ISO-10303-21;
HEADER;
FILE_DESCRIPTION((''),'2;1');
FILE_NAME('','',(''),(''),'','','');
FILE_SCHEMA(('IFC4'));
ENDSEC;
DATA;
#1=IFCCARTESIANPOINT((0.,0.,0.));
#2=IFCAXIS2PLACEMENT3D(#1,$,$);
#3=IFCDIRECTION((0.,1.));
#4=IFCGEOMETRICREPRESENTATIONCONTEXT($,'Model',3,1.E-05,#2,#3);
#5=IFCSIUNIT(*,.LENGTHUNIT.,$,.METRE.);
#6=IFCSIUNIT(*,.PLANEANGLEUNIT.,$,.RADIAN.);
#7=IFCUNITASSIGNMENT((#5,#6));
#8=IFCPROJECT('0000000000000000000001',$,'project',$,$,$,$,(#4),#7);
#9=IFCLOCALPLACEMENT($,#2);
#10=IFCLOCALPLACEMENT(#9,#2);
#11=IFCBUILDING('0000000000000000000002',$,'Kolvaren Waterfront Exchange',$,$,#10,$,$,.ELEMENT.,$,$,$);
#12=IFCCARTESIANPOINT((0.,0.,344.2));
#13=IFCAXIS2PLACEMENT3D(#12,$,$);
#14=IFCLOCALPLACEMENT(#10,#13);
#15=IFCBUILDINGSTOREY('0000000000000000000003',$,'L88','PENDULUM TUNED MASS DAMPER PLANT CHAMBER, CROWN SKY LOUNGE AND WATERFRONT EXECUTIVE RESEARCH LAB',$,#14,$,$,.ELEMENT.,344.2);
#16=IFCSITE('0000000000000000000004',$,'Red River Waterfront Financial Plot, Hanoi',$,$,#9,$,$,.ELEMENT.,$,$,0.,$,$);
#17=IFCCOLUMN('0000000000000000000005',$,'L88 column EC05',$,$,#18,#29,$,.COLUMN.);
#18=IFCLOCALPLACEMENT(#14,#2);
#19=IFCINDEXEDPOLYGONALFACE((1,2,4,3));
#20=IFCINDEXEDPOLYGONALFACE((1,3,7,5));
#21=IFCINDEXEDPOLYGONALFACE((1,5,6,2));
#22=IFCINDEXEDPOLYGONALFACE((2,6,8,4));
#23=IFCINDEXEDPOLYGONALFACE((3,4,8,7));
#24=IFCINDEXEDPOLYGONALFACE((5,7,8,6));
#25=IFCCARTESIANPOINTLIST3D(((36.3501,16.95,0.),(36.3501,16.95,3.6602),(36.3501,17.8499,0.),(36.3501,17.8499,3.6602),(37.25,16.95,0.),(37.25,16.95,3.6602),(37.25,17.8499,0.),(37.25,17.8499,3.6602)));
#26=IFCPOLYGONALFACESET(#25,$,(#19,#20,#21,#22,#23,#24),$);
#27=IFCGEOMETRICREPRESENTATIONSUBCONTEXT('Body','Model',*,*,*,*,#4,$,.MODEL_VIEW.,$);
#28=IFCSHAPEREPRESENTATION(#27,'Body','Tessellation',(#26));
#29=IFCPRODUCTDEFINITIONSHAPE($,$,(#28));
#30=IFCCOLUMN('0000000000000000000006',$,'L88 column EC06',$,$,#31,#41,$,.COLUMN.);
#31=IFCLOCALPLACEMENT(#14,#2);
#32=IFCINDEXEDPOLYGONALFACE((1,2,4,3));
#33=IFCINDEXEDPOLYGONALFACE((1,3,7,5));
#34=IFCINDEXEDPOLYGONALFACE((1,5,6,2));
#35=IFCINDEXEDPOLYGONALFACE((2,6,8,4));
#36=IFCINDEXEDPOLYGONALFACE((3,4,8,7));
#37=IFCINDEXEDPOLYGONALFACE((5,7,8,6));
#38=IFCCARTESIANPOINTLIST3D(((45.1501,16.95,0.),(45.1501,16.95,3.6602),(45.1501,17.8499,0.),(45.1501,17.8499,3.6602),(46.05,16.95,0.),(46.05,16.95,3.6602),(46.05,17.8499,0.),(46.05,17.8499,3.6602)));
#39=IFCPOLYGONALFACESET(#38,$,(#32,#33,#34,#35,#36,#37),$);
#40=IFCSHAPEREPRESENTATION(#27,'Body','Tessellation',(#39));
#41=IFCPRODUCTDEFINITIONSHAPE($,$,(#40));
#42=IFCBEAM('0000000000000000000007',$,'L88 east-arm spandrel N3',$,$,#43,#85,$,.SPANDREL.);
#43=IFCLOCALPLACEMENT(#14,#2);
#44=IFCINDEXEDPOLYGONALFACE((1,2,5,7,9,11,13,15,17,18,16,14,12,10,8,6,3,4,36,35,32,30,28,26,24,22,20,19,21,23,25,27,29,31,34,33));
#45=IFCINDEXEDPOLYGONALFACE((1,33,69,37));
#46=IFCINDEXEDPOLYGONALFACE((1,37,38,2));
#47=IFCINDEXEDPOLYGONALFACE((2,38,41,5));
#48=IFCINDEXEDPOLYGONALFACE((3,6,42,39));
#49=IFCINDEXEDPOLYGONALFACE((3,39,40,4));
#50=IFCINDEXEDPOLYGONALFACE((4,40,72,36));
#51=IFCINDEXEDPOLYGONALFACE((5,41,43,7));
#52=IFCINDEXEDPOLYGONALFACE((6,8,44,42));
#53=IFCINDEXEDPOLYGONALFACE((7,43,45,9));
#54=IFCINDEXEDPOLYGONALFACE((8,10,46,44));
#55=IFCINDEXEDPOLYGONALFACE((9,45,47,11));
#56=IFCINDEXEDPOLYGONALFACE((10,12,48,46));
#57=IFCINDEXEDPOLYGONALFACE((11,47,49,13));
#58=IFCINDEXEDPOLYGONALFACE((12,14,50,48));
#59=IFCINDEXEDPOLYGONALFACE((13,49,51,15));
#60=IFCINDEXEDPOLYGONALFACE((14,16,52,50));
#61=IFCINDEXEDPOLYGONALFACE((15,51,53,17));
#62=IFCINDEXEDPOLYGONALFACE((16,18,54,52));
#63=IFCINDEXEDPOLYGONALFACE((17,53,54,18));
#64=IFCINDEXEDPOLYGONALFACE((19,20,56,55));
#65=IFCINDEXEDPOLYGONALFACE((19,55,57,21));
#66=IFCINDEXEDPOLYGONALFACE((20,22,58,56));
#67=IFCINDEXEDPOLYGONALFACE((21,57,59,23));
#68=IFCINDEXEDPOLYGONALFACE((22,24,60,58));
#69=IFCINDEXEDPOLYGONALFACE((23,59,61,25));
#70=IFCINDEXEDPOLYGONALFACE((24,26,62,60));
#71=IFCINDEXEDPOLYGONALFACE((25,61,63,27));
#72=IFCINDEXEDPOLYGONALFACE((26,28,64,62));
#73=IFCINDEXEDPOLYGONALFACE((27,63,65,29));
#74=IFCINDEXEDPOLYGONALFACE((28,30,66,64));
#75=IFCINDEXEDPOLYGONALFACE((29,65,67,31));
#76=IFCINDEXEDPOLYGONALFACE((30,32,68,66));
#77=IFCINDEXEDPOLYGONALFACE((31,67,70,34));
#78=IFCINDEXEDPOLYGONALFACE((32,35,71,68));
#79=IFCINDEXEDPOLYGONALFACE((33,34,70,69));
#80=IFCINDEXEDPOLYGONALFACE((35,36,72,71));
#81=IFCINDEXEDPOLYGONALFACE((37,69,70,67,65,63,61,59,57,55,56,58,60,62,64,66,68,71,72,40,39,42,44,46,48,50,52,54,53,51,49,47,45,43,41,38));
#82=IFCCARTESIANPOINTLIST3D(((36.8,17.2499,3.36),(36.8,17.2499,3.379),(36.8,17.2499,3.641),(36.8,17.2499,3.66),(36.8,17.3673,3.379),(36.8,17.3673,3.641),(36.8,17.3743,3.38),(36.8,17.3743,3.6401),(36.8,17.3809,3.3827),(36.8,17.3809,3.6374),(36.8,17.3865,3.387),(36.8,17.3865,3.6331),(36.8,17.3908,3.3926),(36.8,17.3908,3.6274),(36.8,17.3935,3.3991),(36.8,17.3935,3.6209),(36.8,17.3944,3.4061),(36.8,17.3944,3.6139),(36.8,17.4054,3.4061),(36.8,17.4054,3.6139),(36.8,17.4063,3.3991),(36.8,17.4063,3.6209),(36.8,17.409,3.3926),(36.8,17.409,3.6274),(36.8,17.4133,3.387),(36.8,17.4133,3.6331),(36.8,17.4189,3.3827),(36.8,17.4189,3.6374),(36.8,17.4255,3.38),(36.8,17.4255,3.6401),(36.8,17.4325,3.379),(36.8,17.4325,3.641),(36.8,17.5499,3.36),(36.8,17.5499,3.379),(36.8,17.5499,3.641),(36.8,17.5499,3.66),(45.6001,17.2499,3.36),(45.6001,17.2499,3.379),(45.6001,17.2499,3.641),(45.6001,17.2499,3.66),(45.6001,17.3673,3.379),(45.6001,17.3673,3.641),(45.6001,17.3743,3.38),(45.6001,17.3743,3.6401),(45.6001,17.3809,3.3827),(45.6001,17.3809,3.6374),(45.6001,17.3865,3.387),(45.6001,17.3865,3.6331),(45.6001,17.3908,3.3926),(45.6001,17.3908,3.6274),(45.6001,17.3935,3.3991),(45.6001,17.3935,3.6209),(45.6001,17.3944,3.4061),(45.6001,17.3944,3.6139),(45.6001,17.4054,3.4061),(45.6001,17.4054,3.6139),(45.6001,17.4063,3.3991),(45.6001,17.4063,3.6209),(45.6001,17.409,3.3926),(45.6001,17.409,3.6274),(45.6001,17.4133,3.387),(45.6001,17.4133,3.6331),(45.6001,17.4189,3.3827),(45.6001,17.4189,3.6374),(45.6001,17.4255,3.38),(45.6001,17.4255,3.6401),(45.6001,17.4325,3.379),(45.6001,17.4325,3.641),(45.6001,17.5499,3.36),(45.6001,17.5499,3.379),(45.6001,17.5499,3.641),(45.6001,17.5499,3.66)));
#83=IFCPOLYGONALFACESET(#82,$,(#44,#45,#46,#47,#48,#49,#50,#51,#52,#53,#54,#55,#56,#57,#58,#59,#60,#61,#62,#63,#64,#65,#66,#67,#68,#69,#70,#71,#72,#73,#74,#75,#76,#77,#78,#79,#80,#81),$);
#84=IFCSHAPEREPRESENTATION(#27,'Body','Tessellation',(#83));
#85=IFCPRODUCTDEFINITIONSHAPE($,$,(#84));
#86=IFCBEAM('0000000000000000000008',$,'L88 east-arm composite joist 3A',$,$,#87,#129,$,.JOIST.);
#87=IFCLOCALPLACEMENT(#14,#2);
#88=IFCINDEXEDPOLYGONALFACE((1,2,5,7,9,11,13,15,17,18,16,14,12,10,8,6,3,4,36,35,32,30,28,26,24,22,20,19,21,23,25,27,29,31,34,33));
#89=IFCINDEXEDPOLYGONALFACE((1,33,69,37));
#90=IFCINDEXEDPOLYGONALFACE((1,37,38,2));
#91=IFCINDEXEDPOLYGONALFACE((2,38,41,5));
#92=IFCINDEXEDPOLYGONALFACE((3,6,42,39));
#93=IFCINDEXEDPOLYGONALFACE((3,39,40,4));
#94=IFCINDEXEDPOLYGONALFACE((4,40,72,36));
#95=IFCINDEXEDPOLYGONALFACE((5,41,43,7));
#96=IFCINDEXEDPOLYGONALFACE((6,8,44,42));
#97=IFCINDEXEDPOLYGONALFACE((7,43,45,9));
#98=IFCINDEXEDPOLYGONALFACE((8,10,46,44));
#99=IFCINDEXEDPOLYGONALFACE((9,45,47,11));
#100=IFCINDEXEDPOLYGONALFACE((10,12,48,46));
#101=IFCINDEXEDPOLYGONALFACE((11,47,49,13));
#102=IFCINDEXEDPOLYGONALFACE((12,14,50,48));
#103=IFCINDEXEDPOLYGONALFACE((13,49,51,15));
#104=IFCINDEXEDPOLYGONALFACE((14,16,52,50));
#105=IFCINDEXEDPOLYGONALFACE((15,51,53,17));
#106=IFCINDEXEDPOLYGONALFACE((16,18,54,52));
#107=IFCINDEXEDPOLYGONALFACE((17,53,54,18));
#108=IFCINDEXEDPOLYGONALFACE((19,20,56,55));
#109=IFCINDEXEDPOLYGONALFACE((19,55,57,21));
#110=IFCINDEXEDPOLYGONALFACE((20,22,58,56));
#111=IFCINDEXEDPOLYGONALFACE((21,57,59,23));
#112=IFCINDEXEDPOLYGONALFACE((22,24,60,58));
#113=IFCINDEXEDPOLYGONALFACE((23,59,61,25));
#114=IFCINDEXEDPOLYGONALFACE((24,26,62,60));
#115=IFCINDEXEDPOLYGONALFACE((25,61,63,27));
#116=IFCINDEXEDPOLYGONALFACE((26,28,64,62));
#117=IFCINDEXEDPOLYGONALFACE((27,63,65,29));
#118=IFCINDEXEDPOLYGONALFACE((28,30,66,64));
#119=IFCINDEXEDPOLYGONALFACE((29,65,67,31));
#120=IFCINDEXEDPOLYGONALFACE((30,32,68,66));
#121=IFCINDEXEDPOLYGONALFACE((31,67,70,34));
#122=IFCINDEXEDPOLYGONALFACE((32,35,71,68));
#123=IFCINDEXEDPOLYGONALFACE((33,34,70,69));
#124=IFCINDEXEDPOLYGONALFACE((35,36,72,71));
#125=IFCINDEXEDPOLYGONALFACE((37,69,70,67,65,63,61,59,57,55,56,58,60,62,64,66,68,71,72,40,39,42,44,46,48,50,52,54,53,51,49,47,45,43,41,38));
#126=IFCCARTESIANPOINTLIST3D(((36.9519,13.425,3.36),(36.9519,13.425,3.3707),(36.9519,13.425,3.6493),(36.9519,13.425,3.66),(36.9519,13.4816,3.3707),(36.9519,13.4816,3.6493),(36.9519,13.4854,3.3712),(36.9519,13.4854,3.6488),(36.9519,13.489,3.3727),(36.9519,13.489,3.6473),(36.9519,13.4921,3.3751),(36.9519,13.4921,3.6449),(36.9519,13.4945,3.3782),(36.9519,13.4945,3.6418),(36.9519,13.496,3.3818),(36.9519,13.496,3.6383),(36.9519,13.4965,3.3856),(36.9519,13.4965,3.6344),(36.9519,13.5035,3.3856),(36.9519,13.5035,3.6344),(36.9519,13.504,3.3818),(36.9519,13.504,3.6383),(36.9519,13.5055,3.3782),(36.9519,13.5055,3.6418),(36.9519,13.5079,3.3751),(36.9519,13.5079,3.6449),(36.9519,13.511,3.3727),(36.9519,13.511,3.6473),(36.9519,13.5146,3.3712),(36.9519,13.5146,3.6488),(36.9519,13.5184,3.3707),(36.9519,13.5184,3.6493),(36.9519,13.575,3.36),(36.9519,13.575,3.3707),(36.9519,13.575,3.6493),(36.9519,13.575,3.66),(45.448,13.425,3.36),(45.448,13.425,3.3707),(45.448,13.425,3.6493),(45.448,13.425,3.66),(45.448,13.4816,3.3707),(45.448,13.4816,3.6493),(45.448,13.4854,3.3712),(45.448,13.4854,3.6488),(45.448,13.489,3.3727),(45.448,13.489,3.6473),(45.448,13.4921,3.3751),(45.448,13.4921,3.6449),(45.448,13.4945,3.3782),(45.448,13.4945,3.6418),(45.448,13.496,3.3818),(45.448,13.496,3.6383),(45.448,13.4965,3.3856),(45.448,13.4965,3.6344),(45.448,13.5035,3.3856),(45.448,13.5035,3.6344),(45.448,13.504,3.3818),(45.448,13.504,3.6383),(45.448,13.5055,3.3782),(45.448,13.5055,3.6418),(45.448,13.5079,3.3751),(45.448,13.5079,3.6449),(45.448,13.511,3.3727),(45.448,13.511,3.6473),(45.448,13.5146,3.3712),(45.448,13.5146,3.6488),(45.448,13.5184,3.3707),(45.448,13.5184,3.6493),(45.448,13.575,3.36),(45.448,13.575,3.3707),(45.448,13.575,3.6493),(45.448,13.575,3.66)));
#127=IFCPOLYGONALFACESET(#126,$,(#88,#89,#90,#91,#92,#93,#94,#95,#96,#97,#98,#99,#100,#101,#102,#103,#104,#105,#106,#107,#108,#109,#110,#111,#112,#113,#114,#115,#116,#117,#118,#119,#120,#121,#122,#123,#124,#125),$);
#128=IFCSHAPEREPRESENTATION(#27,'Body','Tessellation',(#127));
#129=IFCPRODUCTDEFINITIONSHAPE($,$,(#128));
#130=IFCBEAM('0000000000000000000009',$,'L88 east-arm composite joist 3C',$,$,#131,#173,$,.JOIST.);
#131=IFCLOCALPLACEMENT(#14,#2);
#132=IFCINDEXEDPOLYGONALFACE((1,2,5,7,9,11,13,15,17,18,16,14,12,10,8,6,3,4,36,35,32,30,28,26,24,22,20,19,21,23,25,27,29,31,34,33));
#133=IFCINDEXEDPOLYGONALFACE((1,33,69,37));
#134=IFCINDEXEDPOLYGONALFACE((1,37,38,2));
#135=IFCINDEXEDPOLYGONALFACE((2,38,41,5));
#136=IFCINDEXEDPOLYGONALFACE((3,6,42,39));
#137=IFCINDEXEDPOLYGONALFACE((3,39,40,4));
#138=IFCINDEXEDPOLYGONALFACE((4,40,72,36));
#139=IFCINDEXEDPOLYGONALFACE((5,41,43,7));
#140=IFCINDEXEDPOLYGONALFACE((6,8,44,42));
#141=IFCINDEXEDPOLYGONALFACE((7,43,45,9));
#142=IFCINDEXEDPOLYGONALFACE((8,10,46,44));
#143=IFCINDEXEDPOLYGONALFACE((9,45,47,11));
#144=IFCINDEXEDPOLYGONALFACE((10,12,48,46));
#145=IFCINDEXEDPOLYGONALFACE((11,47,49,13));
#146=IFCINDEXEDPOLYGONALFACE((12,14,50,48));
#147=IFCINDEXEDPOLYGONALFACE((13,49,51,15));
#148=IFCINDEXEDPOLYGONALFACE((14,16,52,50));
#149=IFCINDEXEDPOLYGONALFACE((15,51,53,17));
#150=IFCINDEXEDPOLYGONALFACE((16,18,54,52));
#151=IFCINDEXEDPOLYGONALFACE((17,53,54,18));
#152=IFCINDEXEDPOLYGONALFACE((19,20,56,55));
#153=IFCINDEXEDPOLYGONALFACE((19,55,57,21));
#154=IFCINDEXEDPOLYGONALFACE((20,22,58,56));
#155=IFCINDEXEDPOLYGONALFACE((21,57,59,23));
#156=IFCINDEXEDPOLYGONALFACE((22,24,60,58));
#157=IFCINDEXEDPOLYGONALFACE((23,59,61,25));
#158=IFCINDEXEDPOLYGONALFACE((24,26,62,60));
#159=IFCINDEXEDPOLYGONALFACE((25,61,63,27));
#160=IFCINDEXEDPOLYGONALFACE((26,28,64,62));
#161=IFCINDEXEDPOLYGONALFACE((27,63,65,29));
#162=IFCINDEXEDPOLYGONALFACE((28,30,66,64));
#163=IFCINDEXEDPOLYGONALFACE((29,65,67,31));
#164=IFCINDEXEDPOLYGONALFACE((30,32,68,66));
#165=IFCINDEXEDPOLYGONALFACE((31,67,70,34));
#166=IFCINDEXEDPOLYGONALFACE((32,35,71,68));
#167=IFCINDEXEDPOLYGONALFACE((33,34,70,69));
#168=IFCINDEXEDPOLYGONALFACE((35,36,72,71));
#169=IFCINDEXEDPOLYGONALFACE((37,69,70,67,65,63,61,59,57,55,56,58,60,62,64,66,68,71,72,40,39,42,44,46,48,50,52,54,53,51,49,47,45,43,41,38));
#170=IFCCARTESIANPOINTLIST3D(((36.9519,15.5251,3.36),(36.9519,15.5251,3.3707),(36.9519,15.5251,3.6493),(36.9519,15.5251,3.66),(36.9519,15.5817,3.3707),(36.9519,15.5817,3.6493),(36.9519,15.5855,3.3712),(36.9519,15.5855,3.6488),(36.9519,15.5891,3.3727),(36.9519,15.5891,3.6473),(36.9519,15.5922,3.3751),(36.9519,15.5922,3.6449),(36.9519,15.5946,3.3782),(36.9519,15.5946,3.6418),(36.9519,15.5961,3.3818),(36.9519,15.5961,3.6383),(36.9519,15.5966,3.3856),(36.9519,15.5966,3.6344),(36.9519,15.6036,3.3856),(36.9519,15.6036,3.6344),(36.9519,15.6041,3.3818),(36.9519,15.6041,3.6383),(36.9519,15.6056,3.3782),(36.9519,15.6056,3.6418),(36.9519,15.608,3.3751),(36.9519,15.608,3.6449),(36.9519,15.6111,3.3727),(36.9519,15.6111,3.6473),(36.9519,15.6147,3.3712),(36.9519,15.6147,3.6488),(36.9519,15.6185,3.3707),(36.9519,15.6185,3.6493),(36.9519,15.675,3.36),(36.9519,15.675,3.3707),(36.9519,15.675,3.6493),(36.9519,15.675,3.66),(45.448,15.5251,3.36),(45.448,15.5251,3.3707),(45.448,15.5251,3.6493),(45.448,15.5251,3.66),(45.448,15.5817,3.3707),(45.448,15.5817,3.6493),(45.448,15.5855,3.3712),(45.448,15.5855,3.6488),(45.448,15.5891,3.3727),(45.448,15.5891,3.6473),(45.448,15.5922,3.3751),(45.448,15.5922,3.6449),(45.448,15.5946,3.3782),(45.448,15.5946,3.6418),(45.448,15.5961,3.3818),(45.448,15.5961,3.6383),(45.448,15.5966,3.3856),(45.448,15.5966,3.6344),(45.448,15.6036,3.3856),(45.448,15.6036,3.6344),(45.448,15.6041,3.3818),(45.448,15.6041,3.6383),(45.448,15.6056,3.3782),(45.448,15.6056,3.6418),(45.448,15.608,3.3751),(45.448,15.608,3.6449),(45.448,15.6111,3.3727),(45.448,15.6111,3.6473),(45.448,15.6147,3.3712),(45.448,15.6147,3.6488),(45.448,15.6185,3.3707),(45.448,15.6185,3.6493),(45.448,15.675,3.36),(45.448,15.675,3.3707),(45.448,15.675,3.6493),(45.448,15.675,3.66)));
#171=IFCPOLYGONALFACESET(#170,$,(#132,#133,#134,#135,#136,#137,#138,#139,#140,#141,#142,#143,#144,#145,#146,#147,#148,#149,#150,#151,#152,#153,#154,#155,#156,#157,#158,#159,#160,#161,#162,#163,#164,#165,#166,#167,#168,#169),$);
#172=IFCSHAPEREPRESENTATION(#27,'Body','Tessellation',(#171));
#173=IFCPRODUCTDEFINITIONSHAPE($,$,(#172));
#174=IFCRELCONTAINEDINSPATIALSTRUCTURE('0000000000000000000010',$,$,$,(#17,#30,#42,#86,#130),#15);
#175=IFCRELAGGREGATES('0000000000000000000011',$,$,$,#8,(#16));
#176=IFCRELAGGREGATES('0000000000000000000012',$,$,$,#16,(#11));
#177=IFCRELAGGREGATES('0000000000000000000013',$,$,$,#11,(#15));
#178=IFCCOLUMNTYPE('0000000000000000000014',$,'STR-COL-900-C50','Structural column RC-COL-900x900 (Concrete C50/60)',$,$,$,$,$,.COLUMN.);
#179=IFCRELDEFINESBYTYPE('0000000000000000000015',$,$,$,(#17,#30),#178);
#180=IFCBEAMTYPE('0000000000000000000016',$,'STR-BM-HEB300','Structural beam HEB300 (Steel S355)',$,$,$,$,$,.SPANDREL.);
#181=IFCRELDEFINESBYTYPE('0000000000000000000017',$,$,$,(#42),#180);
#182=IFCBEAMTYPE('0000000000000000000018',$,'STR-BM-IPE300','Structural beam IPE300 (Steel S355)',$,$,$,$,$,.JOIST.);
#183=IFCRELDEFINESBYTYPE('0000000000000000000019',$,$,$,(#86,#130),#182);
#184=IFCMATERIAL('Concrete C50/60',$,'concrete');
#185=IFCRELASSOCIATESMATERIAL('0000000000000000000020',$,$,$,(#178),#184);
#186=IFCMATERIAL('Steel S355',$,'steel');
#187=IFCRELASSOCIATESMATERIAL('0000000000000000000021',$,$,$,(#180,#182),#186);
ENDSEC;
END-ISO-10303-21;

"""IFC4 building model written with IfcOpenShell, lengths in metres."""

from ifc_helpers import new_model, si_unit, direction, frame, origin, origin_2d, place, context, subcontext, project, spatial, rectangle, i_section, extrude, material, material_profile, profile_set, type_object, element, save


model = new_model("IFC4")

# Units and contexts
model_context = context("Model", 3, precision=1e-05, world=origin(), true_north=direction((0.0, 1.0)))
body_context = subcontext(model_context, "Body", "Model", "MODEL_VIEW")
ifc_project = project(units=[si_unit("LENGTHUNIT", "METRE"), si_unit("PLANEANGLEUNIT", "RADIAN")], contexts=[model_context])

# Site, building, storey
site_placement = place(None, origin())
site = spatial("IfcSite", under=ifc_project, at=site_placement, Name="Red River Waterfront Financial Plot, Hanoi", CompositionType="ELEMENT", RefElevation=0.0)
building_placement = place(site_placement, origin())
building = spatial("IfcBuilding", under=site, at=building_placement, Name="Kolvaren Waterfront Exchange", CompositionType="ELEMENT")
storey_placement = place(building_placement, frame((0.0, 0.0, 344.2)))
storey = spatial("IfcBuildingStorey", under=building, at=storey_placement, Name="L88", Description="PENDULUM TUNED MASS DAMPER PLANT CHAMBER, CROWN SKY LOUNGE AND WATERFRONT EXECUTIVE RESEARCH LAB", CompositionType="ELEMENT", Elevation=344.2)

# Columns
ifc_material_1 = material(Name="Concrete C50/60", Category="concrete")
ifc_material_profile_1 = material_profile(ifc_material_1, rectangle(XDim=0.8999, YDim=0.8999, at=origin_2d()), Name="RC-COL-900x900")
ifc_profile_set_1 = profile_set([ifc_material_profile_1], Name="Concrete C50/60")
column_type = type_object("IfcColumnType", Name="STR-COL-900-C50", Description="Structural column RC-COL-900x900 (Concrete C50/60)", PredefinedType="COLUMN", material=ifc_profile_set_1)
for number, where, z_axis, x_axis, name in (
    (1, (36.8, 17.3999, 0.0), (0.0, 0.0, 1.0), (1.0, 0.0, 0.0), "L88 column EC05"),
    (2, (45.6001, 17.3999, 0.0), (0.0, 0.0, 1.0), (1.0, 0.0, 0.0), "L88 column EC06"),
):
    element("IfcColumn", number, at=place(storey_placement, frame(where, z_axis=z_axis, x_axis=x_axis)), inside=storey, type_object=column_type, Name=name, PredefinedType="COLUMN", context=body_context, shape_type="SweptSolid", body=[
        extrude(rectangle(XDim=0.8999, YDim=0.8999, at=origin_2d()), origin(), (0.0, 0.0, 1.0), 3.6602),
    ])

# Beams
ifc_material_2 = material(Name="Steel S355", Category="steel")
ifc_material_profile_2 = material_profile(ifc_material_2, i_section(OverallWidth=0.3, OverallDepth=0.3, WebThickness=0.011, FlangeThickness=0.019, FilletRadius=0.0271, at=origin_2d()), Name="HEB300")
ifc_profile_set_2 = profile_set([ifc_material_profile_2], Name="Steel S355")
beam_type_1 = type_object("IfcBeamType", Name="STR-BM-HEB300", Description="Structural beam HEB300 (Steel S355)", PredefinedType="SPANDREL", material=ifc_profile_set_2)
beam_placement = place(storey_placement, frame((36.8, 17.3999, 3.51), z_axis=(1.0, 0.0, 0.0), x_axis=(0.0, 1.0, 0.0)))
element("IfcBeam", 3, at=beam_placement, inside=storey, type_object=beam_type_1, Name="L88 east-arm spandrel N3", PredefinedType="SPANDREL", context=body_context, shape_type="SweptSolid", body=[
    extrude(i_section(OverallWidth=0.3, OverallDepth=0.3, WebThickness=0.011, FlangeThickness=0.019, FilletRadius=0.0271, at=origin_2d()), origin(), (0.0, 0.0, 1.0), 8.8),
])
ifc_material_profile_3 = material_profile(ifc_material_2, i_section(OverallWidth=0.1499, OverallDepth=0.3, WebThickness=0.0071, FlangeThickness=0.0107, FilletRadius=0.0149, at=origin_2d()), Name="IPE300")
ifc_profile_set_3 = profile_set([ifc_material_profile_3], Name="Steel S355")
beam_type_2 = type_object("IfcBeamType", Name="STR-BM-IPE300", Description="Structural beam IPE300 (Steel S355)", PredefinedType="JOIST", material=ifc_profile_set_3)
for number, where, z_axis, x_axis, name in (
    (4, (36.9519, 13.5, 3.51), (1.0, 0.0, 0.0), (0.0, 1.0, 0.0), "L88 east-arm composite joist 3A"),
    (5, (36.9519, 15.6001, 3.51), (1.0, 0.0, 0.0), (0.0, 1.0, 0.0), "L88 east-arm composite joist 3C"),
):
    element("IfcBeam", number, at=place(storey_placement, frame(where, z_axis=z_axis, x_axis=x_axis)), inside=storey, type_object=beam_type_2, Name=name, PredefinedType="JOIST", context=body_context, shape_type="SweptSolid", body=[
        extrude(i_section(OverallWidth=0.1499, OverallDepth=0.3, WebThickness=0.0071, FlangeThickness=0.0107, FilletRadius=0.0149, at=origin_2d()), origin(), (0.0, 0.0, 1.0), 8.4961),
    ])

save(model, "model.ifc")
